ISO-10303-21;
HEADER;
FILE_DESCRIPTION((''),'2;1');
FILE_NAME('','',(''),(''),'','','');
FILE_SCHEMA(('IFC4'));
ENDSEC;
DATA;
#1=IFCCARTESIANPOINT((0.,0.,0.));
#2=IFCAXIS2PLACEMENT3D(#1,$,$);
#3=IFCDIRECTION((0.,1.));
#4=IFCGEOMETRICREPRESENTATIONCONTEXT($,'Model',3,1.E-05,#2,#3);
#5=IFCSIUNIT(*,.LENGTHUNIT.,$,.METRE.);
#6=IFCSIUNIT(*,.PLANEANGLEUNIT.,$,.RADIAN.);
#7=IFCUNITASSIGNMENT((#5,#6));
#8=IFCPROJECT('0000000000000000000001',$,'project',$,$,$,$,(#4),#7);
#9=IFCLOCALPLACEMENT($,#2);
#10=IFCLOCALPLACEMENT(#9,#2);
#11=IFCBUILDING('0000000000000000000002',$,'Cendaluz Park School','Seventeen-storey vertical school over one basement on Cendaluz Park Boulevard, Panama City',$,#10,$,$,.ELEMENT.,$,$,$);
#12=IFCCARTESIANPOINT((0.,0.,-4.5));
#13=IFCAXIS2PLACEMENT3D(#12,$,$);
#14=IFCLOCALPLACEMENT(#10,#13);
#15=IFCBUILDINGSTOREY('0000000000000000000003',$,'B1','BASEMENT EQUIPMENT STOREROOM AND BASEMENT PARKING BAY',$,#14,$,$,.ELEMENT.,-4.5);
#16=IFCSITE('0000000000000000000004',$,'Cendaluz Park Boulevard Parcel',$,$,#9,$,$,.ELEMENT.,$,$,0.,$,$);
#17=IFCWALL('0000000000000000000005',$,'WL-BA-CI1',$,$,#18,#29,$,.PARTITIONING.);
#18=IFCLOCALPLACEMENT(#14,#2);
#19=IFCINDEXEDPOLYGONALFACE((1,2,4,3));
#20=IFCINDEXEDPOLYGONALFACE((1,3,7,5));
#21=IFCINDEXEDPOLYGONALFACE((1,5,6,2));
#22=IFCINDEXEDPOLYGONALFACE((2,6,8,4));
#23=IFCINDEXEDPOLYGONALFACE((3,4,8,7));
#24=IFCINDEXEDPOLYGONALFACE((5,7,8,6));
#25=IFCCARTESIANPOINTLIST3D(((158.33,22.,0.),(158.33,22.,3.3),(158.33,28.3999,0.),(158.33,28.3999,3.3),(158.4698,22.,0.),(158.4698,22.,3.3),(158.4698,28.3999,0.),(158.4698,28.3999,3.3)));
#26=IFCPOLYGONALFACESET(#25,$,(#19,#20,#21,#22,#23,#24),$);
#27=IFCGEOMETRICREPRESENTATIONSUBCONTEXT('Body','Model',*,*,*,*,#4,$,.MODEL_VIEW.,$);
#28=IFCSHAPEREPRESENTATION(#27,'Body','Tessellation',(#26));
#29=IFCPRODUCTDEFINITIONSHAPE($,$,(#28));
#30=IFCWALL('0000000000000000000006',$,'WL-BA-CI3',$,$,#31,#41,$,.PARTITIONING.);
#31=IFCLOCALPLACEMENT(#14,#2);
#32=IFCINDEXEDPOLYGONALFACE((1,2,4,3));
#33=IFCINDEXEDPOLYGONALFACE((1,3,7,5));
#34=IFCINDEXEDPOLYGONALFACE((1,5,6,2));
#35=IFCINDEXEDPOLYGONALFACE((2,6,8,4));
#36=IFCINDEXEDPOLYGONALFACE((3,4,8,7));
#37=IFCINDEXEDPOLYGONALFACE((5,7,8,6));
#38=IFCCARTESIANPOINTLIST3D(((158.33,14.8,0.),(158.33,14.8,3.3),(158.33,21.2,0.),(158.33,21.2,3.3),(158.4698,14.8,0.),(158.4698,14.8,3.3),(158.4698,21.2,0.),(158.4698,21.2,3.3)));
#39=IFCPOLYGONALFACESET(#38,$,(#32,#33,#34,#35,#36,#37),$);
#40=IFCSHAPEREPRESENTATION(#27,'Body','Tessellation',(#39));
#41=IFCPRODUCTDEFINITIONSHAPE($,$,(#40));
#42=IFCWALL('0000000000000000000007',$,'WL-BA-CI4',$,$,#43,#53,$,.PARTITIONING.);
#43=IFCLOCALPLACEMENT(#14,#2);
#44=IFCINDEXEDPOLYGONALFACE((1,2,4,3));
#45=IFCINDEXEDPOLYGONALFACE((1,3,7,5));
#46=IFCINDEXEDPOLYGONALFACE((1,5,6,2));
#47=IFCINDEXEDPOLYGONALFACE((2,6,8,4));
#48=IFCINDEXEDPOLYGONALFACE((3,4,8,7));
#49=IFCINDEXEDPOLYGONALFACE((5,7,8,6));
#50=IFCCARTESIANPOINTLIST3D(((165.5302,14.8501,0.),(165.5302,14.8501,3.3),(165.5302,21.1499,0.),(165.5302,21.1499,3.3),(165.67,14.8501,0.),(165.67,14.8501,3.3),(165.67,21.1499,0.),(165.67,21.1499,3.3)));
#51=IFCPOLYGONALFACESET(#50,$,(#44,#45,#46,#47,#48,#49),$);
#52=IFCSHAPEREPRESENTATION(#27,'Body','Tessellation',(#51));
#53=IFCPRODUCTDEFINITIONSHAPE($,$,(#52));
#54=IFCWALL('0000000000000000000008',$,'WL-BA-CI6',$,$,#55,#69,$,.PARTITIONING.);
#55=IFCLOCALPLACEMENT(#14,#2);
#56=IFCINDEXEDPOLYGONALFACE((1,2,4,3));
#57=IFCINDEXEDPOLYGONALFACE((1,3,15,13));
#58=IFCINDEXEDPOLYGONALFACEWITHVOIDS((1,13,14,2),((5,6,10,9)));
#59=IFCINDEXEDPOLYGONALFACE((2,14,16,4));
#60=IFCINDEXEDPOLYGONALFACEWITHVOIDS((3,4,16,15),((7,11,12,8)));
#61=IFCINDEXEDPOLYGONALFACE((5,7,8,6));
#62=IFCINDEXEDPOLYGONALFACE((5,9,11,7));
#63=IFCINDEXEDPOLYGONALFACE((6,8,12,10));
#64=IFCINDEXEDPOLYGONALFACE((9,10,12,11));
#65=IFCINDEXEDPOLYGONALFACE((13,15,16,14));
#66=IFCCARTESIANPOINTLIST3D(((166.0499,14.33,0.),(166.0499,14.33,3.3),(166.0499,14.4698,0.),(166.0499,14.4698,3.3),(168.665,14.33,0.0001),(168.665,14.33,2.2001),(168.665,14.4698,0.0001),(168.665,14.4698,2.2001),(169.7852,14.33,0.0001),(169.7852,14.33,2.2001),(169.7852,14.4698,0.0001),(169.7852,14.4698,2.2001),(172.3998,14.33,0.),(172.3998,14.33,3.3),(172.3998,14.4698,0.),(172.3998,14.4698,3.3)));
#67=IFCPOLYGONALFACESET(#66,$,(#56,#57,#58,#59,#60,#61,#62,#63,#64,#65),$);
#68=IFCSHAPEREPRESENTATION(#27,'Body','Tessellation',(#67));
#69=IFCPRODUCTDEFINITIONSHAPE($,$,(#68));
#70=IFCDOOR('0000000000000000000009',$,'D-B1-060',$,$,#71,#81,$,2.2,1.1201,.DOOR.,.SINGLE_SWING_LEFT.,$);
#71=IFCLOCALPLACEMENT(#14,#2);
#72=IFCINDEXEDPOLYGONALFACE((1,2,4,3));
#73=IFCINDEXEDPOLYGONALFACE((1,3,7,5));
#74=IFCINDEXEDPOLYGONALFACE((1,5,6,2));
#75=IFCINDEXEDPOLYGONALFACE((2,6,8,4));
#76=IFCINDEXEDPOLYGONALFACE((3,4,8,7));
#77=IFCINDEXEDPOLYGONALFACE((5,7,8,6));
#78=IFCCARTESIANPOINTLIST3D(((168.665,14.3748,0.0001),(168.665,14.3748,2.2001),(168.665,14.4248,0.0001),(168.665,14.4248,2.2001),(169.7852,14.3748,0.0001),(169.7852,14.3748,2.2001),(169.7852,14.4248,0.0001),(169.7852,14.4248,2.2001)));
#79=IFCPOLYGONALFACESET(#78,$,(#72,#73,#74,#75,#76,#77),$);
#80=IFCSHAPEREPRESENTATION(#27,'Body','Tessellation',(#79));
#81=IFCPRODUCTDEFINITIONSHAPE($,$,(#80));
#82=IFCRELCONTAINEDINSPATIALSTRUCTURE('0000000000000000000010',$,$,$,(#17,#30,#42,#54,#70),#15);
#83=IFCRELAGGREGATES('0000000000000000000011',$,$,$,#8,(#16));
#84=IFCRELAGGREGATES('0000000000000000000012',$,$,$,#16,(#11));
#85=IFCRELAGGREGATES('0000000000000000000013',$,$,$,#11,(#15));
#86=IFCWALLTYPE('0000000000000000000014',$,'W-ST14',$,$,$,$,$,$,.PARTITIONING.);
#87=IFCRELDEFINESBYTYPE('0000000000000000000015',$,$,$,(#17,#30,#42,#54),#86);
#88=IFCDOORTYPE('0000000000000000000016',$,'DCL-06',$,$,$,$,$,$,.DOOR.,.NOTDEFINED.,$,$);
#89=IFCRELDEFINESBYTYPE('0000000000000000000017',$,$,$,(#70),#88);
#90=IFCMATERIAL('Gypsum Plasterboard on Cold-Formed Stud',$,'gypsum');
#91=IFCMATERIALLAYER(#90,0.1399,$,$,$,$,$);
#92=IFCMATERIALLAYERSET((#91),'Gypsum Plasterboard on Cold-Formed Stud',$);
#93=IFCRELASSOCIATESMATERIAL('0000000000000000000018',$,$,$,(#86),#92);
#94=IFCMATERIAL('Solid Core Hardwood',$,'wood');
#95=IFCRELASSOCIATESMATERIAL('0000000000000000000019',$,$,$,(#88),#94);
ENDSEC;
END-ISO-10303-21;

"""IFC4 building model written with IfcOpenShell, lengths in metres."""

from ifc_helpers import new_model, si_unit, direction, frame, frame_2d, origin, place, context, subcontext, project, spatial, rectangle, extrude, material, layer, layer_set, type_object, element, fill, save


model = new_model("IFC4")

# Units and contexts
model_context = context("Model", 3, precision=1e-05, world=origin(), true_north=direction((0.0, 1.0)))
body_context = subcontext(model_context, "Body", "Model", "MODEL_VIEW")
ifc_project = project(units=[si_unit("LENGTHUNIT", "METRE"), si_unit("PLANEANGLEUNIT", "RADIAN")], contexts=[model_context])

# Site, building, storey
site_placement = place(None, origin())
site = spatial("IfcSite", under=ifc_project, at=site_placement, Name="Cendaluz Park Boulevard Parcel", CompositionType="ELEMENT", RefElevation=0.0)
building_placement = place(site_placement, origin())
building = spatial("IfcBuilding", under=site, at=building_placement, Name="Cendaluz Park School", Description="Seventeen-storey vertical school over one basement on Cendaluz Park Boulevard, Panama City", CompositionType="ELEMENT")
storey_placement = place(building_placement, frame((0.0, 0.0, -4.5)))
storey = spatial("IfcBuildingStorey", under=building, at=storey_placement, Name="B1", Description="BASEMENT EQUIPMENT STOREROOM AND BASEMENT PARKING BAY", CompositionType="ELEMENT", Elevation=-4.5)

# Walls
ifc_material_1 = material(Name="Gypsum Plasterboard on Cold-Formed Stud", Category="gypsum")
ifc_layer_1 = layer(ifc_material_1, 0.1399)
ifc_layer_set_1 = layer_set([ifc_layer_1], Name="Gypsum Plasterboard on Cold-Formed Stud")
wall_type_1 = type_object("IfcWallType", Name="W-ST14", PredefinedType="PARTITIONING", material=ifc_layer_set_1)
for number, where, z_axis, x_axis, name in (
    (1, (158.3999, 22.0, 0.0), (0.0, 0.0, 1.0), (0.0, 1.0, 0.0), "WL-BA-CI1"),
    (2, (158.3999, 14.8, 0.0), (0.0, 0.0, 1.0), (0.0, 1.0, 0.0), "WL-BA-CI3"),
):
    element("IfcWall", number, at=place(storey_placement, frame(where, z_axis=z_axis, x_axis=x_axis)), inside=storey, type_object=wall_type_1, Name=name, PredefinedType="PARTITIONING", context=body_context, shape_type="SweptSolid", body=[
        extrude(rectangle(XDim=6.3999, YDim=0.1399, at=frame_2d((3.2, 0.0))), origin(), (0.0, 0.0, 1.0), 3.3),
    ])
wall_1_placement = place(storey_placement, frame((165.6001, 14.8501, 0.0), z_axis=(0.0, 0.0, 1.0), x_axis=(0.0, 1.0, 0.0)))
element("IfcWall", 3, at=wall_1_placement, inside=storey, type_object=wall_type_1, Name="WL-BA-CI4", PredefinedType="PARTITIONING", context=body_context, shape_type="SweptSolid", body=[
    extrude(rectangle(XDim=6.2998, YDim=0.1399, at=frame_2d((3.1499, 0.0))), origin(), (0.0, 0.0, 1.0), 3.3),
])

# Wall, opening, door
wall_2_placement = place(storey_placement, frame((166.05, 14.3999, 0.0), z_axis=(0.0, 0.0, 1.0), x_axis=(1.0, 0.0, 0.0)))
wall_2 = element("IfcWall", 4, at=wall_2_placement, inside=storey, type_object=wall_type_1, Name="WL-BA-CI6", PredefinedType="PARTITIONING", context=body_context, shape_type="SweptSolid", body=[
    extrude(rectangle(XDim=6.3499, YDim=0.1399, at=frame_2d((3.1748, 0.0))), origin(), (0.0, 0.0, 1.0), 3.3),
])
opening_placement = place(wall_2_placement, frame((2.615, 0.0, 0.0)))
opening = element("IfcOpeningElement", 5, at=opening_placement, cuts=wall_2, PredefinedType="OPENING", context=body_context, shape_type="SweptSolid", body=[
    extrude(rectangle(XDim=1.1201, YDim=2.2, at=frame_2d((0.5601, 1.1001))), frame((0.0, 0.082, 0.0), z_axis=(0.0, -1.0, 0.0), x_axis=(1.0, 0.0, 0.0)), (0.0, 0.0, 1.0), 0.1638),
])
ifc_material_2 = material(Name="Solid Core Hardwood", Category="wood")
door_type = type_object("IfcDoorType", Name="DCL-06", OperationType="NOTDEFINED", PredefinedType="DOOR", material=ifc_material_2)
door_placement = place(opening_placement, origin())
door = element("IfcDoor", 6, at=door_placement, inside=storey, type_object=door_type, Name="D-B1-060", OperationType="SINGLE_SWING_LEFT", OverallHeight=2.2, OverallWidth=1.1201, PredefinedType="DOOR", context=body_context, shape_type="SweptSolid", body=[
    extrude(rectangle(XDim=1.1201, YDim=2.2, at=frame_2d((0.5601, 1.1001))), frame((0.0, 0.0249, 0.0), z_axis=(0.0, -1.0, 0.0), x_axis=(1.0, 0.0, 0.0)), (0.0, 0.0, 1.0), 0.05),
])
fill(opening, door)

save(model, "model.ifc")
